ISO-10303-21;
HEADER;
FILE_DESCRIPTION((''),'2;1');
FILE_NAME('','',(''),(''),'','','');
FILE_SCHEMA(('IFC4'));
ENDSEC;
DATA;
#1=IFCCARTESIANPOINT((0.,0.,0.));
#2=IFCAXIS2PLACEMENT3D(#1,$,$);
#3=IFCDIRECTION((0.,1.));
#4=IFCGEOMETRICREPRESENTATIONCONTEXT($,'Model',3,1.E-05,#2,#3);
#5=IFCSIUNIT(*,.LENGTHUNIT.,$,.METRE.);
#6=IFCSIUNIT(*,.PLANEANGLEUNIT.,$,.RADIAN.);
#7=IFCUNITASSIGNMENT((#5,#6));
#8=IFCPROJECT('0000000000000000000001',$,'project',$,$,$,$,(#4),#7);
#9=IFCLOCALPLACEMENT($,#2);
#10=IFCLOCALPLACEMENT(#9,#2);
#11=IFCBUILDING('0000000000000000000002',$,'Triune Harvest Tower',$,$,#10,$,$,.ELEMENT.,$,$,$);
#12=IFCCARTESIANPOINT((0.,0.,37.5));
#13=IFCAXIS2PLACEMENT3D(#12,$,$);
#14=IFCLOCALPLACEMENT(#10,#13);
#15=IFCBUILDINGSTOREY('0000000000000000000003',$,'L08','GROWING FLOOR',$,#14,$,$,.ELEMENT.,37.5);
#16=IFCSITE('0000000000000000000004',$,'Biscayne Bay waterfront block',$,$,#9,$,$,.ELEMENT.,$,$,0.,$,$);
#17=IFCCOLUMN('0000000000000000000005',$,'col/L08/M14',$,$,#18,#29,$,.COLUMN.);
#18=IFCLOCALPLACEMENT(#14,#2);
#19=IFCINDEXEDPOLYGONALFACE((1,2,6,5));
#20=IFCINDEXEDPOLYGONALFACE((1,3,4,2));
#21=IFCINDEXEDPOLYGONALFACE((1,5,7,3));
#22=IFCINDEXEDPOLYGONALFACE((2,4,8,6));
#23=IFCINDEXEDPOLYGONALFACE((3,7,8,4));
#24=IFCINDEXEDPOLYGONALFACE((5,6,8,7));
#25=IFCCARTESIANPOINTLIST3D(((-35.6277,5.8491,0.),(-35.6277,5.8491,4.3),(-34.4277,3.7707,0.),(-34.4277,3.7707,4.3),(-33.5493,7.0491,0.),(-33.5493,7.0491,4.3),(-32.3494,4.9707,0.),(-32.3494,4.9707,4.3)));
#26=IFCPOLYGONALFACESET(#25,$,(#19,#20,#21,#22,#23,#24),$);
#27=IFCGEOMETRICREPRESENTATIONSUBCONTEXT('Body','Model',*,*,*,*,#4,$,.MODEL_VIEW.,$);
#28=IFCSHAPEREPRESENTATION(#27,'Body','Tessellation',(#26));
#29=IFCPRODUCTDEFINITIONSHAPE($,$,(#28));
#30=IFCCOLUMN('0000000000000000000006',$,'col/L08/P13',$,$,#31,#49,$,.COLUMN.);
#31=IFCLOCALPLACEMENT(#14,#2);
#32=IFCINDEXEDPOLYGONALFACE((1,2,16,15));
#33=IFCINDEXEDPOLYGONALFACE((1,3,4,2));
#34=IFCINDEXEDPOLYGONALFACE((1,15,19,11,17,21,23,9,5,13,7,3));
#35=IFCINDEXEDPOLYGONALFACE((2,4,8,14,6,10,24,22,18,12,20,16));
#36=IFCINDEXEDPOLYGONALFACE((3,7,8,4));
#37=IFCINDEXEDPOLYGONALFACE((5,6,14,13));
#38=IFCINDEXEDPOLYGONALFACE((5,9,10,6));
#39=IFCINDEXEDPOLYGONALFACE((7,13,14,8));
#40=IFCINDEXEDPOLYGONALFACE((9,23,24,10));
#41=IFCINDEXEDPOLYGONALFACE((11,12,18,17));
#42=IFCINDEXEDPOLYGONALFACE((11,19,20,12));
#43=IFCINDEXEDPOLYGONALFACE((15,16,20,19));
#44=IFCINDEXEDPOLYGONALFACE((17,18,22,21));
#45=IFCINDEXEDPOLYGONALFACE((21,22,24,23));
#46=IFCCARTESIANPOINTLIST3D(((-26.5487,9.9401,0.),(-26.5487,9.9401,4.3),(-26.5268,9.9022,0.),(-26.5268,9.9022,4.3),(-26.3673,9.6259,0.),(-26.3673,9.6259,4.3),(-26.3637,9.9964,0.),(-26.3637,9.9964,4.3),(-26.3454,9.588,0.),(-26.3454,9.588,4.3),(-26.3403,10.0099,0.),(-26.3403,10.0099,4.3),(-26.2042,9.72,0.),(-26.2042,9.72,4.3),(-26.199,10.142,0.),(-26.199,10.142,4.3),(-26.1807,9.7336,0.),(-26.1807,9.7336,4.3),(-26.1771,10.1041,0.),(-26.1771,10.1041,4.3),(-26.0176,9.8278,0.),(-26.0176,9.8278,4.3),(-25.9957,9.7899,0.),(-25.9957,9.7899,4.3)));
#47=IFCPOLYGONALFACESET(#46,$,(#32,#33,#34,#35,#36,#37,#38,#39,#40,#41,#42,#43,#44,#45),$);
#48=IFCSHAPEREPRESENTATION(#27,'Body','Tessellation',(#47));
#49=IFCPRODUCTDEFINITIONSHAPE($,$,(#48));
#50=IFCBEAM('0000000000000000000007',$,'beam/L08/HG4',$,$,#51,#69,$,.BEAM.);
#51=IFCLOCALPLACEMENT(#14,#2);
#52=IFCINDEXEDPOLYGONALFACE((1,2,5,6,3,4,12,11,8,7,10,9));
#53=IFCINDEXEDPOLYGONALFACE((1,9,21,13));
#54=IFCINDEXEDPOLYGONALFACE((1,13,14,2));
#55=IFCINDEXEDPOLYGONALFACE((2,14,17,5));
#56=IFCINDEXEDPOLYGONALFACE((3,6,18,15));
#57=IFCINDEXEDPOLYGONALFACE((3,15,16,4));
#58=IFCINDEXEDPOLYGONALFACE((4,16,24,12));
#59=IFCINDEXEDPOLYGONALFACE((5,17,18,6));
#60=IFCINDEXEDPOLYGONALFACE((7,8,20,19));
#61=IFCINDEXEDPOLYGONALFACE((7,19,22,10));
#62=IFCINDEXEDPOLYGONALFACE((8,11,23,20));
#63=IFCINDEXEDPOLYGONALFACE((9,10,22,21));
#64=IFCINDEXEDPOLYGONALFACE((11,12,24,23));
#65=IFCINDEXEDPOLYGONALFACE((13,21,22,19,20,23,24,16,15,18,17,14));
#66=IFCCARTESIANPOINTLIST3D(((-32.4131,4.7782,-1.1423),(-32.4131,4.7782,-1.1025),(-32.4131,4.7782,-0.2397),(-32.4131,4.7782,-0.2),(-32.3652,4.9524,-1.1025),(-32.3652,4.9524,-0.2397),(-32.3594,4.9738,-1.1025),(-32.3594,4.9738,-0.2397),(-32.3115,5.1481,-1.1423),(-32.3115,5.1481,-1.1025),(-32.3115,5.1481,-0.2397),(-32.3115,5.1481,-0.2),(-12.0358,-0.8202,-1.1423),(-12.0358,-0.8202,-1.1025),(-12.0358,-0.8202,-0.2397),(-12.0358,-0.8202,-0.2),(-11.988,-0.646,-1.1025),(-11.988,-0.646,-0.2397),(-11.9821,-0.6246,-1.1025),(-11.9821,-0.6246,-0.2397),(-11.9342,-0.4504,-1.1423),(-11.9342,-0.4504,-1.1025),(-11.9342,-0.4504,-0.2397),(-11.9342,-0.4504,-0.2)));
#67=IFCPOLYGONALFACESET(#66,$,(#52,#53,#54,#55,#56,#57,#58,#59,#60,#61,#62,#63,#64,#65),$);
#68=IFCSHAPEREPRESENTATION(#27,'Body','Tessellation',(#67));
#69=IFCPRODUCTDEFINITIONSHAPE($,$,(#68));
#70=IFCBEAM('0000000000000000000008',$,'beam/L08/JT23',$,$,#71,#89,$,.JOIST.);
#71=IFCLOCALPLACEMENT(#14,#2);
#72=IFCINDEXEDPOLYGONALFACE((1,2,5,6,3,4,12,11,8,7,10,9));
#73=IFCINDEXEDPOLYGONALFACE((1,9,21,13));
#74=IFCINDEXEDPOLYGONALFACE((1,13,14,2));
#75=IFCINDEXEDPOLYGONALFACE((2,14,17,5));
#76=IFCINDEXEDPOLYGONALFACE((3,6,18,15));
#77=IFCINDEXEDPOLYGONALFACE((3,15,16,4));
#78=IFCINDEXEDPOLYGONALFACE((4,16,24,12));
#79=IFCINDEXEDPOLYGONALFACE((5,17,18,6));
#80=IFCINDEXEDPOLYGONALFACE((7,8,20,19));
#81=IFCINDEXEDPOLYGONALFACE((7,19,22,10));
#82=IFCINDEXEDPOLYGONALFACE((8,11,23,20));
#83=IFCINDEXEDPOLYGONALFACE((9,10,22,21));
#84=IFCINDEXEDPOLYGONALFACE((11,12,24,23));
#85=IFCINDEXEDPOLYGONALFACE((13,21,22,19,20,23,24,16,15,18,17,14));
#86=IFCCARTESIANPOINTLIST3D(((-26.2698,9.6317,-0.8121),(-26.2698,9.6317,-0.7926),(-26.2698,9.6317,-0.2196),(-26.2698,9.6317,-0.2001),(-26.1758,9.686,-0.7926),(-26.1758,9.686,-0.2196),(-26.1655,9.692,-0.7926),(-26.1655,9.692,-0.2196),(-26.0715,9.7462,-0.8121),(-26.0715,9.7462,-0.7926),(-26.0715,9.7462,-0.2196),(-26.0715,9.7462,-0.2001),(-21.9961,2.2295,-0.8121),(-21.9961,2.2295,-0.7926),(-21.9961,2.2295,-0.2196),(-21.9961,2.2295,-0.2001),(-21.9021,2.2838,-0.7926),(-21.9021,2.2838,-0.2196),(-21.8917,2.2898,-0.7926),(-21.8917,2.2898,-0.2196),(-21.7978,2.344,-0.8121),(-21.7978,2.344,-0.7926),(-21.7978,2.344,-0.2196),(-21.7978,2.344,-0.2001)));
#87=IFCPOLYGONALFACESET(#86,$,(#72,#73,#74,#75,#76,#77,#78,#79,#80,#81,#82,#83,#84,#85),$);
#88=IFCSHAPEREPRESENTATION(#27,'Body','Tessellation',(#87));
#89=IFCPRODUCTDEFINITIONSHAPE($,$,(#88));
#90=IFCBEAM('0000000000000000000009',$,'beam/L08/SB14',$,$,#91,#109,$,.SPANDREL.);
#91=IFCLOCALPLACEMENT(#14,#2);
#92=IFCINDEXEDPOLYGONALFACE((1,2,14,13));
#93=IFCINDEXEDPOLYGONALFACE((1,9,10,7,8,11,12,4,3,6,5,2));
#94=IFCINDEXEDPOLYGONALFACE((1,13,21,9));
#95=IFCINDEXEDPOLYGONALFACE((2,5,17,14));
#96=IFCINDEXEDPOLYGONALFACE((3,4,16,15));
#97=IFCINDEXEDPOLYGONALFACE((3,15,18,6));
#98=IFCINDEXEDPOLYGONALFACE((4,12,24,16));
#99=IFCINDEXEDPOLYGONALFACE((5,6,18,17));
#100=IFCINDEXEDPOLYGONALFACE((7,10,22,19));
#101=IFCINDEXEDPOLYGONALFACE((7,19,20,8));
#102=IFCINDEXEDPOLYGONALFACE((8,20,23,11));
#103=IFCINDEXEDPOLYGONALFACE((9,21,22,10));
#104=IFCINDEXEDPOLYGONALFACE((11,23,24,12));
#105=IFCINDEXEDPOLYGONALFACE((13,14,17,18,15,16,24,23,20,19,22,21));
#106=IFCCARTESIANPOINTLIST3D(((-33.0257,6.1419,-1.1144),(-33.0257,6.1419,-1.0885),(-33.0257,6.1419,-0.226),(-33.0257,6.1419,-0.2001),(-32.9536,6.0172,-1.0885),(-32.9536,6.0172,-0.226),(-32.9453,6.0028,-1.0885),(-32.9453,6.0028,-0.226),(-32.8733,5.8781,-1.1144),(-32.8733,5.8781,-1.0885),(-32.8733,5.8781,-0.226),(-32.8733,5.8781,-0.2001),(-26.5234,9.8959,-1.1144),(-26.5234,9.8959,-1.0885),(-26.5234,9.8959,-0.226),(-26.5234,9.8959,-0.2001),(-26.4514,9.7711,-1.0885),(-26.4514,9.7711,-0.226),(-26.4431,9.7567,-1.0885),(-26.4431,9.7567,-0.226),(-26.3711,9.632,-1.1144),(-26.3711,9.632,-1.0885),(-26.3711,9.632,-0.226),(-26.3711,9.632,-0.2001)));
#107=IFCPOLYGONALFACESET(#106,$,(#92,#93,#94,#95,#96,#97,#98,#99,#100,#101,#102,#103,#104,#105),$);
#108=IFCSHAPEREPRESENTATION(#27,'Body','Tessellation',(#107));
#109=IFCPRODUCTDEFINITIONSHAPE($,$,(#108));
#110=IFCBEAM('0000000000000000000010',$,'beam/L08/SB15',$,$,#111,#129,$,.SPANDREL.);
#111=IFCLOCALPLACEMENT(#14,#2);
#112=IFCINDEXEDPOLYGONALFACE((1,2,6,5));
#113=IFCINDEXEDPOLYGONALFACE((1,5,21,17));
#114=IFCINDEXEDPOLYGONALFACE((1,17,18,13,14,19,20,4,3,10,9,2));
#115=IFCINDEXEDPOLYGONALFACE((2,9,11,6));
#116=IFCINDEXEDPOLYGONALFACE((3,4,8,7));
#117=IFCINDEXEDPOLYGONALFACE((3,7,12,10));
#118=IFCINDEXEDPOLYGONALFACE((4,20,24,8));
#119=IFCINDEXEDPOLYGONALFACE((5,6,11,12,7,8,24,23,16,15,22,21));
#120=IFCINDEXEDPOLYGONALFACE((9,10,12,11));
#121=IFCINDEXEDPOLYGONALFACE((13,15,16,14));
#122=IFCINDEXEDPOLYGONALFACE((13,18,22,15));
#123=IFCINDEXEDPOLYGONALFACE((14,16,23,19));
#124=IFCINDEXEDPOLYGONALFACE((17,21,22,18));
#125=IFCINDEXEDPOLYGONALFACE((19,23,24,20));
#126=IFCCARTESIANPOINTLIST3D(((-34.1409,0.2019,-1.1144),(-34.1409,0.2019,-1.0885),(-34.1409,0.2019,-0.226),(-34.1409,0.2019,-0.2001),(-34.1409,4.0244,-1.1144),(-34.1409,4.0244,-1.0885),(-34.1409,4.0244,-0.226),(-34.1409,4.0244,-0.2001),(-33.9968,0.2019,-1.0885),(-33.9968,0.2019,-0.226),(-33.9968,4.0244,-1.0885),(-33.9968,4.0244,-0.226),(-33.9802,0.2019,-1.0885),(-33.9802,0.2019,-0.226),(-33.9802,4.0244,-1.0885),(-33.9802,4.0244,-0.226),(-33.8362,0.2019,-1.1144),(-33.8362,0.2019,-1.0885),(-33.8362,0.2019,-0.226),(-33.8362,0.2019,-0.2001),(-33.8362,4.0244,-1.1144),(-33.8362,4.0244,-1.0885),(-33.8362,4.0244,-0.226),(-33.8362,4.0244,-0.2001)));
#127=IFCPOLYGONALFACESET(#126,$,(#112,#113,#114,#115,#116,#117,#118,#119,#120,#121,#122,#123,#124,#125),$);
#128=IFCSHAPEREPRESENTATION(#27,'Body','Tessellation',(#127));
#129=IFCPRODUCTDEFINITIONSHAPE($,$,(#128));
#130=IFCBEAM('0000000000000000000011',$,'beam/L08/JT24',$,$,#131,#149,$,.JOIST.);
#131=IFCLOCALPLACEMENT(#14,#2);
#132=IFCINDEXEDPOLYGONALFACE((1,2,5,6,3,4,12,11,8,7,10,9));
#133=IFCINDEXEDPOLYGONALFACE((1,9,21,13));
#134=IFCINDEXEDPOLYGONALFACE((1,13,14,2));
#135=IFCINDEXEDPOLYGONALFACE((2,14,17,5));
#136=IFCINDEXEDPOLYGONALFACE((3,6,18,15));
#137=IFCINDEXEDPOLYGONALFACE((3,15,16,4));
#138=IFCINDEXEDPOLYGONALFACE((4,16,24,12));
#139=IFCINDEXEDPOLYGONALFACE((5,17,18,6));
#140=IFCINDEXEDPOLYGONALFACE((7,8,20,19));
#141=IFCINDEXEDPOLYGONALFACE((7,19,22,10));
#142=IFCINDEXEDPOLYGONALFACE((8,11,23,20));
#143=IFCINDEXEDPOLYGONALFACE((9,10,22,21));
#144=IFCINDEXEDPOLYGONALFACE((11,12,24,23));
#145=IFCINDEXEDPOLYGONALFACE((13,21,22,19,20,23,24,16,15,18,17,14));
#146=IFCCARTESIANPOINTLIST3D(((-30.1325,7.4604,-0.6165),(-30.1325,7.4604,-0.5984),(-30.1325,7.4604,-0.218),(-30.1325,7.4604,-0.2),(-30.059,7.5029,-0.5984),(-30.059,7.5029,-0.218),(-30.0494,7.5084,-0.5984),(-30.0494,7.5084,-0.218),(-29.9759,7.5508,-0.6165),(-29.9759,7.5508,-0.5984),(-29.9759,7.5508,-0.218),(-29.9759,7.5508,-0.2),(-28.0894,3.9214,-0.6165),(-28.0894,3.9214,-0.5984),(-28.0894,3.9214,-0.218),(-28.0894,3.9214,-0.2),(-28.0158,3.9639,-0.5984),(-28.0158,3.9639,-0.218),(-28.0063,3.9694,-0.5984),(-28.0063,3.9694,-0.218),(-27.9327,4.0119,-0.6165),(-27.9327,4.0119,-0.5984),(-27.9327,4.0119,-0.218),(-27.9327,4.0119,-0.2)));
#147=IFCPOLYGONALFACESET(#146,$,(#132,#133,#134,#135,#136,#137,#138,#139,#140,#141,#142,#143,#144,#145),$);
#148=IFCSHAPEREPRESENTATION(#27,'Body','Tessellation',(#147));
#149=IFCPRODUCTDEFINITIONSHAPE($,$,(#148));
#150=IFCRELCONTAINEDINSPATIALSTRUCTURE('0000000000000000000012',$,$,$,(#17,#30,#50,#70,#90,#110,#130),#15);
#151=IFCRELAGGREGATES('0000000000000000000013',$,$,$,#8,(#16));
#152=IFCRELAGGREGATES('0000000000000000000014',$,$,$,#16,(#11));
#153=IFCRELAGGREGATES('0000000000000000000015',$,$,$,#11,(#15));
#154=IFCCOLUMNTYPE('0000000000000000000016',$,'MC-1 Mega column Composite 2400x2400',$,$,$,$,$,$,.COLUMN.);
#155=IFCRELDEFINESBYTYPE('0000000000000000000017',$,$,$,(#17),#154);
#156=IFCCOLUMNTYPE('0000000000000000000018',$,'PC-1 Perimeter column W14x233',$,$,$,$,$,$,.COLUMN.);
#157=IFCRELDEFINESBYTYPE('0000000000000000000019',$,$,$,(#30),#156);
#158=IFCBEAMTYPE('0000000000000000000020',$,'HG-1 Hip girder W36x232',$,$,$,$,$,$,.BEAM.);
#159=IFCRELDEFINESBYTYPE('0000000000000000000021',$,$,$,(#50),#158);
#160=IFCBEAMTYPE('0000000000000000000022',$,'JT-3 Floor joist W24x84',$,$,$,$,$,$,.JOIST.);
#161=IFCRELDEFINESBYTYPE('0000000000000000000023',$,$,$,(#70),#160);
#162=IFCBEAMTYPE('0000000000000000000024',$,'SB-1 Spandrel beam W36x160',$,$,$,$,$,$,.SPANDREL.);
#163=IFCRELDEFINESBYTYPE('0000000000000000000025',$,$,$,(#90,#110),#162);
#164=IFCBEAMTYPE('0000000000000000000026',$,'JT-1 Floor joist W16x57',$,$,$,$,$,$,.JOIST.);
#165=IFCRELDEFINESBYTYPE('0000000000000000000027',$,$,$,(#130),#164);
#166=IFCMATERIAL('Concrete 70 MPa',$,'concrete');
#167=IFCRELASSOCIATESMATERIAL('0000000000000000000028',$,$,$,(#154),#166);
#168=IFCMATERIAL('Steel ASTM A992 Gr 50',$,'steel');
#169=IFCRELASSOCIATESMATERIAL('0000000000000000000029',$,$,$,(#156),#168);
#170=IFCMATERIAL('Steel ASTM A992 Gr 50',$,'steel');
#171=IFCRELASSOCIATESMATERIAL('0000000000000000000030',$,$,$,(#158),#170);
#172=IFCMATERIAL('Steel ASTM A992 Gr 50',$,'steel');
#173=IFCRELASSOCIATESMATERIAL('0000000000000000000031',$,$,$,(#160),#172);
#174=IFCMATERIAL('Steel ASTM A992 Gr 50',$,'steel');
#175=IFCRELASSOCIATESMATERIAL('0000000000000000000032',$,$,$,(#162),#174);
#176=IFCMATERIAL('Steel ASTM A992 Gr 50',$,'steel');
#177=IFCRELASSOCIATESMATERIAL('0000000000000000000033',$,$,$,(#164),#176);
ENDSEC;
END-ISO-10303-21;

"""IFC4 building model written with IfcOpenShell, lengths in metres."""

from ifc_helpers import new_model, si_unit, direction, frame, origin, origin_2d, place, context, subcontext, project, spatial, rectangle, i_section, extrude, source, transform, mapped, material, material_profile, profile_set, type_object, element, save


model = new_model("IFC4")

# Units and contexts
model_context = context("Model", 3, precision=1e-05, world=origin(), true_north=direction((0.0, 1.0)))
body_context = subcontext(model_context, "Body", "Model", "MODEL_VIEW")
ifc_project = project(units=[si_unit("LENGTHUNIT", "METRE"), si_unit("PLANEANGLEUNIT", "RADIAN")], contexts=[model_context])

# Site, building, storey
site_placement = place(None, origin())
site = spatial("IfcSite", under=ifc_project, at=site_placement, Name="Biscayne Bay waterfront block", CompositionType="ELEMENT", RefElevation=0.0)
building_placement = place(site_placement, origin())
building = spatial("IfcBuilding", under=site, at=building_placement, Name="Triune Harvest Tower", CompositionType="ELEMENT")
storey_placement = place(building_placement, frame((0.0, 0.0, 37.5)))
storey = spatial("IfcBuildingStorey", under=building, at=storey_placement, Name="L08", Description="GROWING FLOOR", CompositionType="ELEMENT", Elevation=37.5)

# Columns
ifc_material_1 = material(Name="Concrete 70 MPa", Category="concrete")
ifc_material_profile_1 = material_profile(ifc_material_1, rectangle(XDim=2.3999, YDim=2.3999, at=origin_2d()), Name="Composite 2400x2400")
ifc_profile_set_1 = profile_set([ifc_material_profile_1], Name="Concrete 70 MPa")
column_type_1 = type_object("IfcColumnType", Name="MC-1 Mega column Composite 2400x2400", PredefinedType="COLUMN", material=ifc_profile_set_1)
shared_shape_1 = source(origin(), body_context, "Body", "SweptSolid", [
    extrude(rectangle(XDim=2.3999, YDim=2.3999, at=origin_2d()), origin(), (0.0, 0.0, 1.0), 4.3),
])
column_1_placement = place(storey_placement, frame((-33.9885, 5.4099, 0.0), z_axis=(0.0, 0.0, 1.0), x_axis=(-0.866025, -0.5, 0.0)))
element("IfcColumn", 1, at=column_1_placement, inside=storey, type_object=column_type_1, Name="col/L08/M14", PredefinedType="COLUMN", context=body_context, shape_type="MappedRepresentation", body=[
    mapped(shared_shape_1, transform((0.0, 0.0, 0.0), scale=1.0)),
])
ifc_material_2 = material(Name="Steel ASTM A992 Gr 50", Category="steel")
ifc_material_profile_2 = material_profile(ifc_material_2, i_section(OverallWidth=0.4038, OverallDepth=0.4065, WebThickness=0.0271, FlangeThickness=0.0437, at=origin_2d()), Name="W14x233")
ifc_profile_set_2 = profile_set([ifc_material_profile_2], Name="Steel ASTM A992 Gr 50")
column_type_2 = type_object("IfcColumnType", Name="PC-1 Perimeter column W14x233", PredefinedType="COLUMN", material=ifc_profile_set_2)
shared_shape_2 = source(origin(), body_context, "Body", "SweptSolid", [
    extrude(i_section(OverallWidth=0.4038, OverallDepth=0.4065, WebThickness=0.0271, FlangeThickness=0.0437, at=origin_2d()), origin(), (0.0, 0.0, 1.0), 4.3),
])
column_2_placement = place(storey_placement, frame((-26.2722, 9.865, 0.0), z_axis=(0.0, 0.0, 1.0), x_axis=(-0.866025, -0.5, 0.0)))
element("IfcColumn", 2, at=column_2_placement, inside=storey, type_object=column_type_2, Name="col/L08/P13", PredefinedType="COLUMN", context=body_context, shape_type="MappedRepresentation", body=[
    mapped(shared_shape_2, transform((0.0, 0.0, 0.0), scale=1.0)),
])

# Beams
ifc_material_3 = material(Name="Steel ASTM A992 Gr 50", Category="steel")
ifc_material_profile_3 = material_profile(ifc_material_3, i_section(OverallWidth=0.3835, OverallDepth=0.9424, WebThickness=0.0222, FlangeThickness=0.0398, at=origin_2d()), Name="W36x232")
ifc_profile_set_3 = profile_set([ifc_material_profile_3], Name="Steel ASTM A992 Gr 50")
beam_type_1 = type_object("IfcBeamType", Name="HG-1 Hip girder W36x232", PredefinedType="BEAM", material=ifc_profile_set_3)
shared_shape_3 = source(origin(), body_context, "Body", "SweptSolid", [
    extrude(i_section(OverallWidth=0.3835, OverallDepth=0.9424, WebThickness=0.0222, FlangeThickness=0.0398, at=origin_2d()), origin(), (0.0, 0.0, 1.0), 21.1323),
])
beam_1_placement = place(storey_placement, frame((-32.3623, 4.9631, -0.6711), z_axis=(0.96427, -0.264922, 0.0), x_axis=(0.264922, 0.96427, 0.0)))
element("IfcBeam", 3, at=beam_1_placement, inside=storey, type_object=beam_type_1, Name="beam/L08/HG4", PredefinedType="BEAM", context=body_context, shape_type="MappedRepresentation", body=[
    mapped(shared_shape_3, transform((0.0, 0.0, 0.0), scale=1.0)),
])
ifc_material_4 = material(Name="Steel ASTM A992 Gr 50", Category="steel")
ifc_material_profile_4 = material_profile(ifc_material_4, i_section(OverallWidth=0.229, OverallDepth=0.6121, WebThickness=0.012, FlangeThickness=0.0195, at=origin_2d()), Name="W24x84")
ifc_profile_set_4 = profile_set([ifc_material_profile_4], Name="Steel ASTM A992 Gr 50")
beam_type_2 = type_object("IfcBeamType", Name="JT-3 Floor joist W24x84", PredefinedType="JOIST", material=ifc_profile_set_4)
shared_shape_4 = source(origin(), body_context, "Body", "SweptSolid", [
    extrude(i_section(OverallWidth=0.229, OverallDepth=0.6121, WebThickness=0.012, FlangeThickness=0.0195, at=origin_2d()), origin(), (0.0, 0.0, 1.0), 8.5474),
])
beam_2_placement = place(storey_placement, frame((-26.1707, 9.689, -0.5061), z_axis=(0.500007, -0.866021, 0.0), x_axis=(0.866021, 0.500007, 0.0)))
element("IfcBeam", 4, at=beam_2_placement, inside=storey, type_object=beam_type_2, Name="beam/L08/JT23", PredefinedType="JOIST", context=body_context, shape_type="MappedRepresentation", body=[
    mapped(shared_shape_4, transform((0.0, 0.0, 0.0), scale=1.0)),
])
ifc_material_5 = material(Name="Steel ASTM A992 Gr 50", Category="steel")
ifc_material_profile_5 = material_profile(ifc_material_5, i_section(OverallWidth=0.3047, OverallDepth=0.9143, WebThickness=0.0166, FlangeThickness=0.0259, at=origin_2d()), Name="W36x160")
ifc_profile_set_5 = profile_set([ifc_material_profile_5], Name="Steel ASTM A992 Gr 50")
beam_type_3 = type_object("IfcBeamType", Name="SB-1 Spandrel beam W36x160", PredefinedType="SPANDREL", material=ifc_profile_set_5)
shared_shape_5 = source(origin(), body_context, "Body", "SweptSolid", [
    extrude(i_section(OverallWidth=0.3047, OverallDepth=0.9143, WebThickness=0.0166, FlangeThickness=0.0259, at=origin_2d()), origin(), (0.0, 0.0, 1.0), 7.5081),
])
beam_3_placement = place(storey_placement, frame((-26.4473, 9.7639, -0.6572), z_axis=(-0.866033, -0.499986, 0.0), x_axis=(0.499986, -0.866033, 0.0)))
element("IfcBeam", 5, at=beam_3_placement, inside=storey, type_object=beam_type_3, Name="beam/L08/SB14", PredefinedType="SPANDREL", context=body_context, shape_type="MappedRepresentation", body=[
    mapped(shared_shape_5, transform((0.0, 0.0, 0.0), scale=1.0)),
])
shared_shape_6 = source(origin(), body_context, "Body", "SweptSolid", [
    extrude(i_section(OverallWidth=0.3047, OverallDepth=0.9143, WebThickness=0.0166, FlangeThickness=0.0259, at=origin_2d()), origin(), (0.0, 0.0, 1.0), 3.8225),
])
beam_4_placement = place(storey_placement, frame((-33.9885, 4.0244, -0.6572), z_axis=(0.0, -1.0, 0.0), x_axis=(1.0, 0.0, 0.0)))
element("IfcBeam", 6, at=beam_4_placement, inside=storey, type_object=beam_type_3, Name="beam/L08/SB15", PredefinedType="SPANDREL", context=body_context, shape_type="MappedRepresentation", body=[
    mapped(shared_shape_6, transform((0.0, 0.0, 0.0), scale=1.0)),
])
ifc_material_6 = material(Name="Steel ASTM A992 Gr 50", Category="steel")
ifc_material_profile_6 = material_profile(ifc_material_6, i_section(OverallWidth=0.1809, OverallDepth=0.4165, WebThickness=0.011, FlangeThickness=0.0181, at=origin_2d()), Name="W16x57")
ifc_profile_set_6 = profile_set([ifc_material_profile_6], Name="Steel ASTM A992 Gr 50")
beam_type_4 = type_object("IfcBeamType", Name="JT-1 Floor joist W16x57", PredefinedType="JOIST", material=ifc_profile_set_6)
shared_shape_7 = source(origin(), body_context, "Body", "SweptSolid", [
    extrude(i_section(OverallWidth=0.1809, OverallDepth=0.4165, WebThickness=0.011, FlangeThickness=0.0181, at=origin_2d()), origin(), (0.0, 0.0, 1.0), 4.0864),
])
beam_5_placement = place(storey_placement, frame((-30.0542, 7.5056, -0.4082), z_axis=(0.499988, -0.866032, 0.0), x_axis=(0.866032, 0.499988, 0.0)))
element("IfcBeam", 7, at=beam_5_placement, inside=storey, type_object=beam_type_4, Name="beam/L08/JT24", PredefinedType="JOIST", context=body_context, shape_type="MappedRepresentation", body=[
    mapped(shared_shape_7, transform((0.0, 0.0, 0.0), scale=1.0)),
])

save(model, "model.ifc")
